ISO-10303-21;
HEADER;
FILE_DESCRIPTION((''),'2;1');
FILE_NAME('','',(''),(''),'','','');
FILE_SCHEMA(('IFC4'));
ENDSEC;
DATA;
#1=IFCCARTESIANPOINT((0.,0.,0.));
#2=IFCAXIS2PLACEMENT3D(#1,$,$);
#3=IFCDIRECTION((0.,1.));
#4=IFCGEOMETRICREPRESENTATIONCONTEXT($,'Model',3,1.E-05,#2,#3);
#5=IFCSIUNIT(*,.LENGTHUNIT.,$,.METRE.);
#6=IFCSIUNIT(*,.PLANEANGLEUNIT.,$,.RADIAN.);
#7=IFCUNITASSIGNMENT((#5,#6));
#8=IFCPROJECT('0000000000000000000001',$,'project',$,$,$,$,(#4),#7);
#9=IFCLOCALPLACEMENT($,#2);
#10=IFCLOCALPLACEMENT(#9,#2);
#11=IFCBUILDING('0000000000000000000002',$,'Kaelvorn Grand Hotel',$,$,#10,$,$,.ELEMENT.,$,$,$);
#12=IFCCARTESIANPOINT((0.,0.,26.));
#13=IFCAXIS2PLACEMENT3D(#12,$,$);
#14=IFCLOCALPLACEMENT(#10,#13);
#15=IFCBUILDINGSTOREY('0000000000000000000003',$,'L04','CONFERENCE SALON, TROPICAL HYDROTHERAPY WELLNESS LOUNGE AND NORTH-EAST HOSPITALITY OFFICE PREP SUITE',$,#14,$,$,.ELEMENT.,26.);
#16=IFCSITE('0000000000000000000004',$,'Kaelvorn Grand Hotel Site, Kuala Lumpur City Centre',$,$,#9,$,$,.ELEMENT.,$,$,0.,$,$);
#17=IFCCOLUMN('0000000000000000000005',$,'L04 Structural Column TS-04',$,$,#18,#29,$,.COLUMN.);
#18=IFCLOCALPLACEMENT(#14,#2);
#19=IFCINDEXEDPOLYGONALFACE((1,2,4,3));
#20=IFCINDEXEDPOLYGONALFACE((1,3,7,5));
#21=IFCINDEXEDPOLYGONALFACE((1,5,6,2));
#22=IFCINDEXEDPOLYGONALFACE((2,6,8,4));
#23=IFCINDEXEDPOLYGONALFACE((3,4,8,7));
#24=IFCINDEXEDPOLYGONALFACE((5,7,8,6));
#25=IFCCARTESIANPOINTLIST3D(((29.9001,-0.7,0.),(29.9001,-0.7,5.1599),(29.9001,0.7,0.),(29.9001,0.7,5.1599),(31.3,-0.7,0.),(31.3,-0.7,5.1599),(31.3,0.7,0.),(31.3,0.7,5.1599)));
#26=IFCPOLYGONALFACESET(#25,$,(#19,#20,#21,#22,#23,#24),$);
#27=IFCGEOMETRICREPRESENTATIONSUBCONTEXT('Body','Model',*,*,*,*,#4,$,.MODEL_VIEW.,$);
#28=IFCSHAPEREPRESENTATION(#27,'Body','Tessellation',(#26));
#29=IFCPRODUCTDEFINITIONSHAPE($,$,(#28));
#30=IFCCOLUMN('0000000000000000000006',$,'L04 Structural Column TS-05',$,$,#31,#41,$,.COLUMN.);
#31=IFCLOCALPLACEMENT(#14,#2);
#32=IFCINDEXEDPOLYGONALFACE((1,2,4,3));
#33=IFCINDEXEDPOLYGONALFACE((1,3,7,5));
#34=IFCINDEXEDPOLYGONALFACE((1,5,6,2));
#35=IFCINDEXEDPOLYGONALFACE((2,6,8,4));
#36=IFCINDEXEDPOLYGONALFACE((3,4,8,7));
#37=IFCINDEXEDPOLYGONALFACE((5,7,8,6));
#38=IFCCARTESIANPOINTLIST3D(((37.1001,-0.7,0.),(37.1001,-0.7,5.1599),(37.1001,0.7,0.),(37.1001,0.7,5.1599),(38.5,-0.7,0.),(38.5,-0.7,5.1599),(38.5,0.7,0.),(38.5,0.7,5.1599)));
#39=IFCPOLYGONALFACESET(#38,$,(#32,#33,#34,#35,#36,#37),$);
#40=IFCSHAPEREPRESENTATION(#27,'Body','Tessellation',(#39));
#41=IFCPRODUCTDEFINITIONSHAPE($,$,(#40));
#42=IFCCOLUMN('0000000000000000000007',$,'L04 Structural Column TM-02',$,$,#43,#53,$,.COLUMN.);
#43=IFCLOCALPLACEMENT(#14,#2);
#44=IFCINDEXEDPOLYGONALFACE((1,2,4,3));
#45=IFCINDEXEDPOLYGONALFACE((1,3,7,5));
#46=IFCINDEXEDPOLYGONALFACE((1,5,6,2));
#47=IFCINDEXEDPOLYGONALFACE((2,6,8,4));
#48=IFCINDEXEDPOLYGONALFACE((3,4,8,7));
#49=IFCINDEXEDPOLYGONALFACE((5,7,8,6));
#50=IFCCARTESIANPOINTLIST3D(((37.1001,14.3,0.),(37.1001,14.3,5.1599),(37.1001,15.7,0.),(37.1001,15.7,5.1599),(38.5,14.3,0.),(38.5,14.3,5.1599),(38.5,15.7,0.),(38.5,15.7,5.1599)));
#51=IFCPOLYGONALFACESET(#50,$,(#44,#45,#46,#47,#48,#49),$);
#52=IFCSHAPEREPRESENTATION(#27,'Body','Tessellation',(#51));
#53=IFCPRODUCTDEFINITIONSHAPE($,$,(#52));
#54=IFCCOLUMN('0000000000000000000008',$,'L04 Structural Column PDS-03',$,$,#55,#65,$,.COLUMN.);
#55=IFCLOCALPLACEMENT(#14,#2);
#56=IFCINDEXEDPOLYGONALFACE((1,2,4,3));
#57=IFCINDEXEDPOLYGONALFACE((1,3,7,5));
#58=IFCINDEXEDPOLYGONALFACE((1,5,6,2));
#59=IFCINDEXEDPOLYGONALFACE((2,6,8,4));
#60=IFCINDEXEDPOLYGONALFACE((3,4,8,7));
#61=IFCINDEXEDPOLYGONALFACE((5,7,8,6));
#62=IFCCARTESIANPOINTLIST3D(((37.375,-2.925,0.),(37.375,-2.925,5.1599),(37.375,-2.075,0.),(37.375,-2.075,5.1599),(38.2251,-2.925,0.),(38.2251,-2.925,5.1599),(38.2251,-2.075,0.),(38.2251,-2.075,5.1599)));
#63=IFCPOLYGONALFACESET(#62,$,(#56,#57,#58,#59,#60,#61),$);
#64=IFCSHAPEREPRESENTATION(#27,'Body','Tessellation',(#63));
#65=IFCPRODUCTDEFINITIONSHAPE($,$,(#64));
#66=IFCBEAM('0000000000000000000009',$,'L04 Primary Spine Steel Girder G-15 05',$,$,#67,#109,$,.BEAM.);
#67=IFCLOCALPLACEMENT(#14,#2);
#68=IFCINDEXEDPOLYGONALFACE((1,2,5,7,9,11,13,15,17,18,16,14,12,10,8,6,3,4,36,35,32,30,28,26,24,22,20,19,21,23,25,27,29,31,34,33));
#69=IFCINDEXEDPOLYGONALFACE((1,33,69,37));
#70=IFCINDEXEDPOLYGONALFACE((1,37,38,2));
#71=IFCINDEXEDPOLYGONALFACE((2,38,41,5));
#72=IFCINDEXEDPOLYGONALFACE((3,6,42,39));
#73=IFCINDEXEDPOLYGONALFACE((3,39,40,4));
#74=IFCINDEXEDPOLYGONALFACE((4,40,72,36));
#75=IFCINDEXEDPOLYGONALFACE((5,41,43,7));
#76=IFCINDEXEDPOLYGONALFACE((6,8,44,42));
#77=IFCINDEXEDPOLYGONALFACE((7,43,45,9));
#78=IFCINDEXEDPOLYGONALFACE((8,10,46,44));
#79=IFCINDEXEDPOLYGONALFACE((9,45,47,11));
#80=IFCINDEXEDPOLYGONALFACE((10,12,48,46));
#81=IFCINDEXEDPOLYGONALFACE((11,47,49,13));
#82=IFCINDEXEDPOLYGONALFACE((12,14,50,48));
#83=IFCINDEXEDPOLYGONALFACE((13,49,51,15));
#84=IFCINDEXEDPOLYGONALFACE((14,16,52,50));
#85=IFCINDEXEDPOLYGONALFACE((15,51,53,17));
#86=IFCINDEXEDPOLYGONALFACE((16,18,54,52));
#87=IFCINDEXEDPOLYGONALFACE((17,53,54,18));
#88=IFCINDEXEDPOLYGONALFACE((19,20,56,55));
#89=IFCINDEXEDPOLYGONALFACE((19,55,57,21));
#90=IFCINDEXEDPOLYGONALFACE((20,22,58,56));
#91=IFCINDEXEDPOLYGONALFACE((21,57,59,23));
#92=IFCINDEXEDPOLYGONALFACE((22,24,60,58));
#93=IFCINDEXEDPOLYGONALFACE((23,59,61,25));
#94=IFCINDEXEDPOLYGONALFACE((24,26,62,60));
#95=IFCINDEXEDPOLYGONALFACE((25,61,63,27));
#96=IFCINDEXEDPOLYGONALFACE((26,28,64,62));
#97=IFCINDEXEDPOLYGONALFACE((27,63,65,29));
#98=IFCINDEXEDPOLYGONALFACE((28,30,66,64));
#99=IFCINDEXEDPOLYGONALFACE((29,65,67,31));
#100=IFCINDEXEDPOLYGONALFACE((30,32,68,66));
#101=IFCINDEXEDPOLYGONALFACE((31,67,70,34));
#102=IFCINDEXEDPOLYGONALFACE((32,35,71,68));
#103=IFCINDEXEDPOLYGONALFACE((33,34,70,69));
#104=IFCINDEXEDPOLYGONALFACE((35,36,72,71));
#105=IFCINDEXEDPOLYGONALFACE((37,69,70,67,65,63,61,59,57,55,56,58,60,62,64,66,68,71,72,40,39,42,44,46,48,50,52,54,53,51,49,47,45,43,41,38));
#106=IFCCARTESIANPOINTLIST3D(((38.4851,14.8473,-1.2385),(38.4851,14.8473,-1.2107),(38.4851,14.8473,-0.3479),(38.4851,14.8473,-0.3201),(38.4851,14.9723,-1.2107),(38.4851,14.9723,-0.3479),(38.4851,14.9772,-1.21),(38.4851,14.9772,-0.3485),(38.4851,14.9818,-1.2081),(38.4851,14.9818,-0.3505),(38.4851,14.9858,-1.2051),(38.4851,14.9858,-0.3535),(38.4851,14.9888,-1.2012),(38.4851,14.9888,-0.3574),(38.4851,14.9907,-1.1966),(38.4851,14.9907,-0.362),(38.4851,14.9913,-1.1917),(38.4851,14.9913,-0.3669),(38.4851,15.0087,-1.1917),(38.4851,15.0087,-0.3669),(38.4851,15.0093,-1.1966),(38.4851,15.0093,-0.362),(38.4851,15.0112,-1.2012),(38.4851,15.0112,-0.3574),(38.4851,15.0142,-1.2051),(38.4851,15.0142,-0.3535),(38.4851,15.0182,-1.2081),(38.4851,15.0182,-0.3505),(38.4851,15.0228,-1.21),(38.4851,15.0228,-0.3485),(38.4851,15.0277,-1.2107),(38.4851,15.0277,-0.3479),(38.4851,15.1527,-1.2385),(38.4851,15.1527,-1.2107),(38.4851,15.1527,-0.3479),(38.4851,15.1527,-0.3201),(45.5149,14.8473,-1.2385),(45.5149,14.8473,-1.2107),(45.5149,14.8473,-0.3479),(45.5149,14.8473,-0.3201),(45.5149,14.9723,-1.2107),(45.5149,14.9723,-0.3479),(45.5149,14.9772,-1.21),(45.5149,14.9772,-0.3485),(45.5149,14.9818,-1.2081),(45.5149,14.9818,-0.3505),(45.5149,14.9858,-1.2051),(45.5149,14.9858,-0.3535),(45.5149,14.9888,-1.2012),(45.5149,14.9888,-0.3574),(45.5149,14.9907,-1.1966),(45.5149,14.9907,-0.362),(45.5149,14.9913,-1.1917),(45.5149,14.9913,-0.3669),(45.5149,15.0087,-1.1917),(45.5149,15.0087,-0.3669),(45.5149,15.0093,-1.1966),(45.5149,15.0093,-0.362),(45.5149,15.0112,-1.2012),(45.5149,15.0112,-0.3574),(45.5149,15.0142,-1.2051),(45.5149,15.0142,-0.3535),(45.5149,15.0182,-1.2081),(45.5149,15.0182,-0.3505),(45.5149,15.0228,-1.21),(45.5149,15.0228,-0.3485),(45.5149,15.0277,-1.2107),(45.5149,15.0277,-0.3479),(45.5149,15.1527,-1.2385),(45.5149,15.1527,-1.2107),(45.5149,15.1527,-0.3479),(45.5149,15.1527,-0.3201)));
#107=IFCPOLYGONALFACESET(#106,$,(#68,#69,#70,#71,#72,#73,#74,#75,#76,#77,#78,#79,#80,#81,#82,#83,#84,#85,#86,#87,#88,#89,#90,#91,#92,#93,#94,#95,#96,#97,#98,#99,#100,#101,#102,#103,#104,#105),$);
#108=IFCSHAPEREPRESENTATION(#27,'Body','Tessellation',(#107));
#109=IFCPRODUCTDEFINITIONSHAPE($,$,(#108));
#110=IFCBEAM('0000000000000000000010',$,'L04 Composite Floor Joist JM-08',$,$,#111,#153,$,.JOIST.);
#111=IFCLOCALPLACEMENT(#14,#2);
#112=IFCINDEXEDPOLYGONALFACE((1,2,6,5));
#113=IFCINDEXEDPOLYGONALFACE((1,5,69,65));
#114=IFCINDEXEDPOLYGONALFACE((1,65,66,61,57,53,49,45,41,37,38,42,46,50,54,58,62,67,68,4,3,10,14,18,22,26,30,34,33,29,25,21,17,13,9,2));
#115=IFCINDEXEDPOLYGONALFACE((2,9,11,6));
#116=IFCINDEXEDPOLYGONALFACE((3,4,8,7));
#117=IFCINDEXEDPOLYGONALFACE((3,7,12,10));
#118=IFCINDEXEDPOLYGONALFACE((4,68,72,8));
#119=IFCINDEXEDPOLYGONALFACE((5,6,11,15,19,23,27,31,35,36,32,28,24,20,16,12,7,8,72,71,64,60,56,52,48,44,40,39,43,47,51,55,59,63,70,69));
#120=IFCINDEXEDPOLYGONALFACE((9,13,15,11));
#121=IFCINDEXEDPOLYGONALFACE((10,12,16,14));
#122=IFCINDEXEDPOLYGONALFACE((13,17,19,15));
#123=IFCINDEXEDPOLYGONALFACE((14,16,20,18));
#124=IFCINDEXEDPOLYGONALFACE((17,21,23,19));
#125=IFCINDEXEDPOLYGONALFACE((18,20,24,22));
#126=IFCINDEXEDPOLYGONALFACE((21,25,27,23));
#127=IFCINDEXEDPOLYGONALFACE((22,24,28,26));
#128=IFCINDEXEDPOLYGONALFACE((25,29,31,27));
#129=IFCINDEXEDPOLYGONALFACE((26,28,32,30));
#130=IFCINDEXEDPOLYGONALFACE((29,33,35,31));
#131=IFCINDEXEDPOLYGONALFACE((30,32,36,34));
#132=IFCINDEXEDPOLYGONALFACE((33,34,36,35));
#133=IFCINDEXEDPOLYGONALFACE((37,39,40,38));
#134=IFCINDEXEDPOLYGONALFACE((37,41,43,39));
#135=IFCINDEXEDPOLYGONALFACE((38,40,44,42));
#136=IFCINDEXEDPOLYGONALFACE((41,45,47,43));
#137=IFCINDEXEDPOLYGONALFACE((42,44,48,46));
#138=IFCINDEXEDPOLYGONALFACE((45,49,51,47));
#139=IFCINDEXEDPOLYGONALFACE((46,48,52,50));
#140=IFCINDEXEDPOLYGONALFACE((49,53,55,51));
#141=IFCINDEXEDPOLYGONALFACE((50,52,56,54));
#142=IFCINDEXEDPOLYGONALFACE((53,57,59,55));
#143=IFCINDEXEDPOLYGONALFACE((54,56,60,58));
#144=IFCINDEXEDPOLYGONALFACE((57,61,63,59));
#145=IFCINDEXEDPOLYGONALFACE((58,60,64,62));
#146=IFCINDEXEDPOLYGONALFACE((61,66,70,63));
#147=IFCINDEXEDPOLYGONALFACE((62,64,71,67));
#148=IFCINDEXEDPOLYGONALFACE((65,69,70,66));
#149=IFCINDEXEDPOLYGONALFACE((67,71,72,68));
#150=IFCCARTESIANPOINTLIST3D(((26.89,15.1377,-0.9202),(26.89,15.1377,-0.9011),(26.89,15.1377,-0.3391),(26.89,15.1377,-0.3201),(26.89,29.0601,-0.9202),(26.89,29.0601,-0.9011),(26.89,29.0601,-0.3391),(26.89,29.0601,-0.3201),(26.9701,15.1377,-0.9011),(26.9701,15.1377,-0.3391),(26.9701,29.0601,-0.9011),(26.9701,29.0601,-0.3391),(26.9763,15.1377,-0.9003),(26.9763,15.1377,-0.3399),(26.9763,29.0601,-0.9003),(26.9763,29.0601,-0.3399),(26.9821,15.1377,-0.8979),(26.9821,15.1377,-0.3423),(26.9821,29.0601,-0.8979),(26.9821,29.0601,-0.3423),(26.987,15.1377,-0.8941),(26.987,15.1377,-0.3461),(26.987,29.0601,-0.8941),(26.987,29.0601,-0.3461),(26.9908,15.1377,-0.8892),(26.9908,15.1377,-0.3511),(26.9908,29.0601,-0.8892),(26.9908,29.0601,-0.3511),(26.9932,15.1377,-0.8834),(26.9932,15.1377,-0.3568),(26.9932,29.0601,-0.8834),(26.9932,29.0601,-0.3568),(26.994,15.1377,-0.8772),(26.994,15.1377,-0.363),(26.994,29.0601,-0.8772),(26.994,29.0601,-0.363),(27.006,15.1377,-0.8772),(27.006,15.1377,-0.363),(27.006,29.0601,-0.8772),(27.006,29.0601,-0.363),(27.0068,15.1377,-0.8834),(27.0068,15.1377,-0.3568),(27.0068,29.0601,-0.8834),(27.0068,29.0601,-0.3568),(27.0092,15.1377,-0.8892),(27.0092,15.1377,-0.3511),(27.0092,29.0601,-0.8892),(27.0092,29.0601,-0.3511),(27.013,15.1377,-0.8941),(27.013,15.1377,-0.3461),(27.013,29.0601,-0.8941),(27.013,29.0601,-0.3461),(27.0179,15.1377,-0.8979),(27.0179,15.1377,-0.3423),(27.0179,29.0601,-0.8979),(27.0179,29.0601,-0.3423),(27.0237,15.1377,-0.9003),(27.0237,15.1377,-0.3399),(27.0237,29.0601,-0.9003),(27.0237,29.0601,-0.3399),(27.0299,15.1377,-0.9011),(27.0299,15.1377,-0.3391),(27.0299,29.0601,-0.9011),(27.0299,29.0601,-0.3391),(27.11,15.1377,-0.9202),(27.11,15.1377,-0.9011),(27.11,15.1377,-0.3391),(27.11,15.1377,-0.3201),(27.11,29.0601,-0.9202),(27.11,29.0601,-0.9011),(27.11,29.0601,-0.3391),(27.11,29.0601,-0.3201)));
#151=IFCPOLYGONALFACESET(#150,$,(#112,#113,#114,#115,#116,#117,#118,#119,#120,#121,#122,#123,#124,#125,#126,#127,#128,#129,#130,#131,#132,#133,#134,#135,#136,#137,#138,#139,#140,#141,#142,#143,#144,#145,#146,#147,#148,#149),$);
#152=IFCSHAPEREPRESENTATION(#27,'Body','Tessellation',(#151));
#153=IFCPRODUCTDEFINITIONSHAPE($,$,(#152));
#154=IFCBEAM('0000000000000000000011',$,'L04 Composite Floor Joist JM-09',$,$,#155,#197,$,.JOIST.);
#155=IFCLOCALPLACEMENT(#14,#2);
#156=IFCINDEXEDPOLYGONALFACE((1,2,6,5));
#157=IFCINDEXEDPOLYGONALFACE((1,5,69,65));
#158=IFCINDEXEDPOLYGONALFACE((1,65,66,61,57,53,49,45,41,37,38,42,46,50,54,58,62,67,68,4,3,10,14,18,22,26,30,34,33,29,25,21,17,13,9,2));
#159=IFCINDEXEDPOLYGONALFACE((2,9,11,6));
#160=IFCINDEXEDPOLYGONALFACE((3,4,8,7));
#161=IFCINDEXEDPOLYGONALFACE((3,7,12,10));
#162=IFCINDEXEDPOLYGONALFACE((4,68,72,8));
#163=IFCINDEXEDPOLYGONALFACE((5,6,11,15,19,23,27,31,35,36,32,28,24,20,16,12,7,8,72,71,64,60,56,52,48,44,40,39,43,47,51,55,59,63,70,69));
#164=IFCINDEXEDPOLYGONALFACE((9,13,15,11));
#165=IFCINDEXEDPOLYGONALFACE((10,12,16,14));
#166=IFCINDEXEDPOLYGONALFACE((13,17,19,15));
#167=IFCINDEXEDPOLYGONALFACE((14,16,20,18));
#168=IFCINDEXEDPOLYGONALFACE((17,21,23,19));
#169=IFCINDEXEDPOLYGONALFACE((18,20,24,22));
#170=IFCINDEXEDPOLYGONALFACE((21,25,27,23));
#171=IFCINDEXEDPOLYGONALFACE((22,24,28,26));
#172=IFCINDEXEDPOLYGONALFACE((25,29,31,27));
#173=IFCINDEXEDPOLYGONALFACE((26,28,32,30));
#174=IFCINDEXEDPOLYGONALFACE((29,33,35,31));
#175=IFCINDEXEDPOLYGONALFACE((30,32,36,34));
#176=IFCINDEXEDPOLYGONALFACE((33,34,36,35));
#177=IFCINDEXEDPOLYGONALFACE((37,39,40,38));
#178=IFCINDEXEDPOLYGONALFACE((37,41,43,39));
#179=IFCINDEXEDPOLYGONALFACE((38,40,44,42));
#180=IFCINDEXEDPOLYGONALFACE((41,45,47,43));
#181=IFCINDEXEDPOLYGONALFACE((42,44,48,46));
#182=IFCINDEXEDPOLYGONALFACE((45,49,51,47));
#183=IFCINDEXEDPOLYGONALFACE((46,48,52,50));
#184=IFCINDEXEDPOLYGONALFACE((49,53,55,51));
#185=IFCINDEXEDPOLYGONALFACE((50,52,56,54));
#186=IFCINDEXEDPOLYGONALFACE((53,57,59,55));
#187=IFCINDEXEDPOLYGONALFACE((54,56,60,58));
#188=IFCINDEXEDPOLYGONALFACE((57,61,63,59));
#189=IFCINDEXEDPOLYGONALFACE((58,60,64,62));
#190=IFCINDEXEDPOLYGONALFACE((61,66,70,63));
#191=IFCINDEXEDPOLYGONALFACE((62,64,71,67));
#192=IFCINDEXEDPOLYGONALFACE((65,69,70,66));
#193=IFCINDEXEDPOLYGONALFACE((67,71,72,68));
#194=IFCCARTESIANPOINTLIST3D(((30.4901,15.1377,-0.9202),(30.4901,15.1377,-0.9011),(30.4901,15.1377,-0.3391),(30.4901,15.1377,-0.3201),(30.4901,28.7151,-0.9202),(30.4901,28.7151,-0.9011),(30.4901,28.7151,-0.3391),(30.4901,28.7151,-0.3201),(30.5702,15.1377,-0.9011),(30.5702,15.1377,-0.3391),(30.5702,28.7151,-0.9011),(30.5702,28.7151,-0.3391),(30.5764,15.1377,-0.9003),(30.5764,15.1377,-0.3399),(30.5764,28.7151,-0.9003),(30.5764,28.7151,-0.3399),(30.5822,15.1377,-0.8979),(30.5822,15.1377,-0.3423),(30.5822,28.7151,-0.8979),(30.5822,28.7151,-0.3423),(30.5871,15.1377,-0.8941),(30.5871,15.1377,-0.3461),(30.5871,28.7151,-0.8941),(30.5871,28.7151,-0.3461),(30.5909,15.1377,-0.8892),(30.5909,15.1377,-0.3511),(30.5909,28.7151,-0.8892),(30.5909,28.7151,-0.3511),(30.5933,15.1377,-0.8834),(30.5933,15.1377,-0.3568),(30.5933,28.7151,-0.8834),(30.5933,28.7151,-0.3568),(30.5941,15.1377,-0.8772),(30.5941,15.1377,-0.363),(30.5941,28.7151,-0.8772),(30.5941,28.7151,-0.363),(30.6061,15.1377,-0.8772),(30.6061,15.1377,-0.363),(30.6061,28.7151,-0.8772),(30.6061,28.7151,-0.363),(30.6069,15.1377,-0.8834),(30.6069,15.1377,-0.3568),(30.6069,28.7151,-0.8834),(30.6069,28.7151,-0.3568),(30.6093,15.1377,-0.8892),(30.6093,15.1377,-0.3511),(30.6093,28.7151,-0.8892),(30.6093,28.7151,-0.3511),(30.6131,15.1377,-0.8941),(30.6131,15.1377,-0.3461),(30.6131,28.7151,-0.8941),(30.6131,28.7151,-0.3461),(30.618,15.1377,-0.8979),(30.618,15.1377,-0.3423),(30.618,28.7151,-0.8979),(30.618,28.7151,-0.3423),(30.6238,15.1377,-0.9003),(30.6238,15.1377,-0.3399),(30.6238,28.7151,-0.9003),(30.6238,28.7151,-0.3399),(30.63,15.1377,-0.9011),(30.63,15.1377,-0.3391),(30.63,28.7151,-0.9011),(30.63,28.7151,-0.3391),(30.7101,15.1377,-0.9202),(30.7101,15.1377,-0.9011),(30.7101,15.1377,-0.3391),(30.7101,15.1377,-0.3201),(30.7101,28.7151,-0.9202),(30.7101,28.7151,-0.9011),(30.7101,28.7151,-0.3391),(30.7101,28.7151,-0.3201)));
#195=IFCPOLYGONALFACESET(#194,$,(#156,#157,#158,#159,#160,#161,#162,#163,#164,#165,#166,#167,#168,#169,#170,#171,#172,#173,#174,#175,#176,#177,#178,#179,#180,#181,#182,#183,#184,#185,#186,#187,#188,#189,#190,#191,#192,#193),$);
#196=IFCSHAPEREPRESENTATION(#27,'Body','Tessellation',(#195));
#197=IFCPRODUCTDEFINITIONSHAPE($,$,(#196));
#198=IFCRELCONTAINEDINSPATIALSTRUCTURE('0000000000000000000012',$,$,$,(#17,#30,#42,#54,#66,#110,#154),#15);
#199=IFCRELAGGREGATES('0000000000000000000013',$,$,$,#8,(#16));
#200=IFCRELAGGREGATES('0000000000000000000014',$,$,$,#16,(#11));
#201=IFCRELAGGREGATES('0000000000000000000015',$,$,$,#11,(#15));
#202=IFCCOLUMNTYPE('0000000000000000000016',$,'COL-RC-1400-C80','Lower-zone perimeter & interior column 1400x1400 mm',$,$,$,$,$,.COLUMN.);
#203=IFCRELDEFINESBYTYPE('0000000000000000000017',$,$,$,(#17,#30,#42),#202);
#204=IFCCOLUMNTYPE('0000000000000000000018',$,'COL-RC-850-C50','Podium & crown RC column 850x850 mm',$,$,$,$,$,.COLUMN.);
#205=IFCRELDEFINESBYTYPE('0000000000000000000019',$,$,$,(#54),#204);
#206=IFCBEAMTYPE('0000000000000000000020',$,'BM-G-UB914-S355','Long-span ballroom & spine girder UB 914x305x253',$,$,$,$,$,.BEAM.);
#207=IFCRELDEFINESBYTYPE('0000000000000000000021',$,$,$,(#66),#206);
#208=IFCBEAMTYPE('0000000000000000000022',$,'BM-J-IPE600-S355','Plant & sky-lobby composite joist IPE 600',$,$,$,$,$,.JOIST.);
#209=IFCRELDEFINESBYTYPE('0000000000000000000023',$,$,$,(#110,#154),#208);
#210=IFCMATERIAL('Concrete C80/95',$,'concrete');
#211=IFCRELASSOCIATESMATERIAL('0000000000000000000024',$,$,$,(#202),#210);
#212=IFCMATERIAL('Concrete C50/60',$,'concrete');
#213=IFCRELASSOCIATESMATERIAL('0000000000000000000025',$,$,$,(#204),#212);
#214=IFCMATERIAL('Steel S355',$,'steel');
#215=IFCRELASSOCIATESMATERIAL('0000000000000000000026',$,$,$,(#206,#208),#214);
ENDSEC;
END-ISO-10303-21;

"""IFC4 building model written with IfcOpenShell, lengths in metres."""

from ifc_helpers import new_model, si_unit, direction, frame, origin, origin_2d, place, context, subcontext, project, spatial, rectangle, i_section, extrude, material, material_profile, profile_set, type_object, element, save


model = new_model("IFC4")

# Units and contexts
model_context = context("Model", 3, precision=1e-05, world=origin(), true_north=direction((0.0, 1.0)))
body_context = subcontext(model_context, "Body", "Model", "MODEL_VIEW")
ifc_project = project(units=[si_unit("LENGTHUNIT", "METRE"), si_unit("PLANEANGLEUNIT", "RADIAN")], contexts=[model_context])

# Site, building, storey
site_placement = place(None, origin())
site = spatial("IfcSite", under=ifc_project, at=site_placement, Name="Kaelvorn Grand Hotel Site, Kuala Lumpur City Centre", CompositionType="ELEMENT", RefElevation=0.0)
building_placement = place(site_placement, origin())
building = spatial("IfcBuilding", under=site, at=building_placement, Name="Kaelvorn Grand Hotel", CompositionType="ELEMENT")
storey_placement = place(building_placement, frame((0.0, 0.0, 26.0)))
storey = spatial("IfcBuildingStorey", under=building, at=storey_placement, Name="L04", Description="CONFERENCE SALON, TROPICAL HYDROTHERAPY WELLNESS LOUNGE AND NORTH-EAST HOSPITALITY OFFICE PREP SUITE", CompositionType="ELEMENT", Elevation=26.0)

# Columns
ifc_material_1 = material(Name="Concrete C80/95", Category="concrete")
ifc_material_profile_1 = material_profile(ifc_material_1, rectangle(XDim=1.3999, YDim=1.3999, at=origin_2d()), Name="RC COL 1400x1400")
ifc_profile_set_1 = profile_set([ifc_material_profile_1], Name="Concrete C80/95")
column_type_1 = type_object("IfcColumnType", Name="COL-RC-1400-C80", Description="Lower-zone perimeter & interior column 1400x1400 mm", PredefinedType="COLUMN", material=ifc_profile_set_1)
for number, where, z_axis, x_axis, name in (
    (1, (30.6001, 0.0, 0.0), (0.0, 0.0, 1.0), (1.0, 0.0, 0.0), "L04 Structural Column TS-04"),
    (2, (37.8, 0.0, 0.0), (0.0, 0.0, 1.0), (1.0, 0.0, 0.0), "L04 Structural Column TS-05"),
    (3, (37.8, 15.0, 0.0), (0.0, 0.0, 1.0), (1.0, 0.0, 0.0), "L04 Structural Column TM-02"),
):
    element("IfcColumn", number, at=place(storey_placement, frame(where, z_axis=z_axis, x_axis=x_axis)), inside=storey, type_object=column_type_1, Name=name, PredefinedType="COLUMN", context=body_context, shape_type="SweptSolid", body=[
        extrude(rectangle(XDim=1.3999, YDim=1.3999, at=origin_2d()), origin(), (0.0, 0.0, 1.0), 5.1599),
    ])
ifc_material_2 = material(Name="Concrete C50/60", Category="concrete")
ifc_material_profile_2 = material_profile(ifc_material_2, rectangle(XDim=0.8501, YDim=0.8501, at=origin_2d()), Name="RC COL 850x850")
ifc_profile_set_2 = profile_set([ifc_material_profile_2], Name="Concrete C50/60")
column_type_2 = type_object("IfcColumnType", Name="COL-RC-850-C50", Description="Podium & crown RC column 850x850 mm", PredefinedType="COLUMN", material=ifc_profile_set_2)
column_placement = place(storey_placement, frame((37.8, -2.5, 0.0), z_axis=(0.0, 0.0, 1.0), x_axis=(1.0, 0.0, 0.0)))
element("IfcColumn", 4, at=column_placement, inside=storey, type_object=column_type_2, Name="L04 Structural Column PDS-03", PredefinedType="COLUMN", context=body_context, shape_type="SweptSolid", body=[
    extrude(rectangle(XDim=0.8501, YDim=0.8501, at=origin_2d()), origin(), (0.0, 0.0, 1.0), 5.1599),
])

# Beams
ifc_material_3 = material(Name="Steel S355", Category="steel")
ifc_material_profile_3 = material_profile(ifc_material_3, i_section(OverallWidth=0.3054, OverallDepth=0.9185, WebThickness=0.0173, FlangeThickness=0.0278, FilletRadius=0.019, at=origin_2d()), Name="UB 914x305x253")
ifc_profile_set_3 = profile_set([ifc_material_profile_3], Name="Steel S355")
beam_type_1 = type_object("IfcBeamType", Name="BM-G-UB914-S355", Description="Long-span ballroom & spine girder UB 914x305x253", PredefinedType="BEAM", material=ifc_profile_set_3)
beam_1_placement = place(storey_placement, frame((38.4851, 15.0, -0.7793), z_axis=(1.0, 0.0, 0.0), x_axis=(0.0, 1.0, 0.0)))
element("IfcBeam", 5, at=beam_1_placement, inside=storey, type_object=beam_type_1, Name="L04 Primary Spine Steel Girder G-15 05", PredefinedType="BEAM", context=body_context, shape_type="SweptSolid", body=[
    extrude(i_section(OverallWidth=0.3054, OverallDepth=0.9185, WebThickness=0.0173, FlangeThickness=0.0278, FilletRadius=0.019, at=origin_2d()), origin(), (0.0, 0.0, 1.0), 7.0298),
])
ifc_material_profile_4 = material_profile(ifc_material_3, i_section(OverallWidth=0.22, OverallDepth=0.6001, WebThickness=0.012, FlangeThickness=0.019, FilletRadius=0.0239, at=origin_2d()), Name="IPE 600")
ifc_profile_set_4 = profile_set([ifc_material_profile_4], Name="Steel S355")
beam_type_2 = type_object("IfcBeamType", Name="BM-J-IPE600-S355", Description="Plant & sky-lobby composite joist IPE 600", PredefinedType="JOIST", material=ifc_profile_set_4)
beam_2_placement = place(storey_placement, frame((27.0, 15.1377, -0.6201), z_axis=(0.0, 1.0, 0.0), x_axis=(-1.0, 0.0, 0.0)))
element("IfcBeam", 6, at=beam_2_placement, inside=storey, type_object=beam_type_2, Name="L04 Composite Floor Joist JM-08", PredefinedType="JOIST", context=body_context, shape_type="SweptSolid", body=[
    extrude(i_section(OverallWidth=0.22, OverallDepth=0.6001, WebThickness=0.012, FlangeThickness=0.019, FilletRadius=0.0239, at=origin_2d()), origin(), (0.0, 0.0, 1.0), 13.9224),
])
beam_3_placement = place(storey_placement, frame((30.6001, 15.1377, -0.6201), z_axis=(0.0, 1.0, 0.0), x_axis=(-1.0, 0.0, 0.0)))
element("IfcBeam", 7, at=beam_3_placement, inside=storey, type_object=beam_type_2, Name="L04 Composite Floor Joist JM-09", PredefinedType="JOIST", context=body_context, shape_type="SweptSolid", body=[
    extrude(i_section(OverallWidth=0.22, OverallDepth=0.6001, WebThickness=0.012, FlangeThickness=0.019, FilletRadius=0.0239, at=origin_2d()), origin(), (0.0, 0.0, 1.0), 13.5774),
])

save(model, "model.ifc")
